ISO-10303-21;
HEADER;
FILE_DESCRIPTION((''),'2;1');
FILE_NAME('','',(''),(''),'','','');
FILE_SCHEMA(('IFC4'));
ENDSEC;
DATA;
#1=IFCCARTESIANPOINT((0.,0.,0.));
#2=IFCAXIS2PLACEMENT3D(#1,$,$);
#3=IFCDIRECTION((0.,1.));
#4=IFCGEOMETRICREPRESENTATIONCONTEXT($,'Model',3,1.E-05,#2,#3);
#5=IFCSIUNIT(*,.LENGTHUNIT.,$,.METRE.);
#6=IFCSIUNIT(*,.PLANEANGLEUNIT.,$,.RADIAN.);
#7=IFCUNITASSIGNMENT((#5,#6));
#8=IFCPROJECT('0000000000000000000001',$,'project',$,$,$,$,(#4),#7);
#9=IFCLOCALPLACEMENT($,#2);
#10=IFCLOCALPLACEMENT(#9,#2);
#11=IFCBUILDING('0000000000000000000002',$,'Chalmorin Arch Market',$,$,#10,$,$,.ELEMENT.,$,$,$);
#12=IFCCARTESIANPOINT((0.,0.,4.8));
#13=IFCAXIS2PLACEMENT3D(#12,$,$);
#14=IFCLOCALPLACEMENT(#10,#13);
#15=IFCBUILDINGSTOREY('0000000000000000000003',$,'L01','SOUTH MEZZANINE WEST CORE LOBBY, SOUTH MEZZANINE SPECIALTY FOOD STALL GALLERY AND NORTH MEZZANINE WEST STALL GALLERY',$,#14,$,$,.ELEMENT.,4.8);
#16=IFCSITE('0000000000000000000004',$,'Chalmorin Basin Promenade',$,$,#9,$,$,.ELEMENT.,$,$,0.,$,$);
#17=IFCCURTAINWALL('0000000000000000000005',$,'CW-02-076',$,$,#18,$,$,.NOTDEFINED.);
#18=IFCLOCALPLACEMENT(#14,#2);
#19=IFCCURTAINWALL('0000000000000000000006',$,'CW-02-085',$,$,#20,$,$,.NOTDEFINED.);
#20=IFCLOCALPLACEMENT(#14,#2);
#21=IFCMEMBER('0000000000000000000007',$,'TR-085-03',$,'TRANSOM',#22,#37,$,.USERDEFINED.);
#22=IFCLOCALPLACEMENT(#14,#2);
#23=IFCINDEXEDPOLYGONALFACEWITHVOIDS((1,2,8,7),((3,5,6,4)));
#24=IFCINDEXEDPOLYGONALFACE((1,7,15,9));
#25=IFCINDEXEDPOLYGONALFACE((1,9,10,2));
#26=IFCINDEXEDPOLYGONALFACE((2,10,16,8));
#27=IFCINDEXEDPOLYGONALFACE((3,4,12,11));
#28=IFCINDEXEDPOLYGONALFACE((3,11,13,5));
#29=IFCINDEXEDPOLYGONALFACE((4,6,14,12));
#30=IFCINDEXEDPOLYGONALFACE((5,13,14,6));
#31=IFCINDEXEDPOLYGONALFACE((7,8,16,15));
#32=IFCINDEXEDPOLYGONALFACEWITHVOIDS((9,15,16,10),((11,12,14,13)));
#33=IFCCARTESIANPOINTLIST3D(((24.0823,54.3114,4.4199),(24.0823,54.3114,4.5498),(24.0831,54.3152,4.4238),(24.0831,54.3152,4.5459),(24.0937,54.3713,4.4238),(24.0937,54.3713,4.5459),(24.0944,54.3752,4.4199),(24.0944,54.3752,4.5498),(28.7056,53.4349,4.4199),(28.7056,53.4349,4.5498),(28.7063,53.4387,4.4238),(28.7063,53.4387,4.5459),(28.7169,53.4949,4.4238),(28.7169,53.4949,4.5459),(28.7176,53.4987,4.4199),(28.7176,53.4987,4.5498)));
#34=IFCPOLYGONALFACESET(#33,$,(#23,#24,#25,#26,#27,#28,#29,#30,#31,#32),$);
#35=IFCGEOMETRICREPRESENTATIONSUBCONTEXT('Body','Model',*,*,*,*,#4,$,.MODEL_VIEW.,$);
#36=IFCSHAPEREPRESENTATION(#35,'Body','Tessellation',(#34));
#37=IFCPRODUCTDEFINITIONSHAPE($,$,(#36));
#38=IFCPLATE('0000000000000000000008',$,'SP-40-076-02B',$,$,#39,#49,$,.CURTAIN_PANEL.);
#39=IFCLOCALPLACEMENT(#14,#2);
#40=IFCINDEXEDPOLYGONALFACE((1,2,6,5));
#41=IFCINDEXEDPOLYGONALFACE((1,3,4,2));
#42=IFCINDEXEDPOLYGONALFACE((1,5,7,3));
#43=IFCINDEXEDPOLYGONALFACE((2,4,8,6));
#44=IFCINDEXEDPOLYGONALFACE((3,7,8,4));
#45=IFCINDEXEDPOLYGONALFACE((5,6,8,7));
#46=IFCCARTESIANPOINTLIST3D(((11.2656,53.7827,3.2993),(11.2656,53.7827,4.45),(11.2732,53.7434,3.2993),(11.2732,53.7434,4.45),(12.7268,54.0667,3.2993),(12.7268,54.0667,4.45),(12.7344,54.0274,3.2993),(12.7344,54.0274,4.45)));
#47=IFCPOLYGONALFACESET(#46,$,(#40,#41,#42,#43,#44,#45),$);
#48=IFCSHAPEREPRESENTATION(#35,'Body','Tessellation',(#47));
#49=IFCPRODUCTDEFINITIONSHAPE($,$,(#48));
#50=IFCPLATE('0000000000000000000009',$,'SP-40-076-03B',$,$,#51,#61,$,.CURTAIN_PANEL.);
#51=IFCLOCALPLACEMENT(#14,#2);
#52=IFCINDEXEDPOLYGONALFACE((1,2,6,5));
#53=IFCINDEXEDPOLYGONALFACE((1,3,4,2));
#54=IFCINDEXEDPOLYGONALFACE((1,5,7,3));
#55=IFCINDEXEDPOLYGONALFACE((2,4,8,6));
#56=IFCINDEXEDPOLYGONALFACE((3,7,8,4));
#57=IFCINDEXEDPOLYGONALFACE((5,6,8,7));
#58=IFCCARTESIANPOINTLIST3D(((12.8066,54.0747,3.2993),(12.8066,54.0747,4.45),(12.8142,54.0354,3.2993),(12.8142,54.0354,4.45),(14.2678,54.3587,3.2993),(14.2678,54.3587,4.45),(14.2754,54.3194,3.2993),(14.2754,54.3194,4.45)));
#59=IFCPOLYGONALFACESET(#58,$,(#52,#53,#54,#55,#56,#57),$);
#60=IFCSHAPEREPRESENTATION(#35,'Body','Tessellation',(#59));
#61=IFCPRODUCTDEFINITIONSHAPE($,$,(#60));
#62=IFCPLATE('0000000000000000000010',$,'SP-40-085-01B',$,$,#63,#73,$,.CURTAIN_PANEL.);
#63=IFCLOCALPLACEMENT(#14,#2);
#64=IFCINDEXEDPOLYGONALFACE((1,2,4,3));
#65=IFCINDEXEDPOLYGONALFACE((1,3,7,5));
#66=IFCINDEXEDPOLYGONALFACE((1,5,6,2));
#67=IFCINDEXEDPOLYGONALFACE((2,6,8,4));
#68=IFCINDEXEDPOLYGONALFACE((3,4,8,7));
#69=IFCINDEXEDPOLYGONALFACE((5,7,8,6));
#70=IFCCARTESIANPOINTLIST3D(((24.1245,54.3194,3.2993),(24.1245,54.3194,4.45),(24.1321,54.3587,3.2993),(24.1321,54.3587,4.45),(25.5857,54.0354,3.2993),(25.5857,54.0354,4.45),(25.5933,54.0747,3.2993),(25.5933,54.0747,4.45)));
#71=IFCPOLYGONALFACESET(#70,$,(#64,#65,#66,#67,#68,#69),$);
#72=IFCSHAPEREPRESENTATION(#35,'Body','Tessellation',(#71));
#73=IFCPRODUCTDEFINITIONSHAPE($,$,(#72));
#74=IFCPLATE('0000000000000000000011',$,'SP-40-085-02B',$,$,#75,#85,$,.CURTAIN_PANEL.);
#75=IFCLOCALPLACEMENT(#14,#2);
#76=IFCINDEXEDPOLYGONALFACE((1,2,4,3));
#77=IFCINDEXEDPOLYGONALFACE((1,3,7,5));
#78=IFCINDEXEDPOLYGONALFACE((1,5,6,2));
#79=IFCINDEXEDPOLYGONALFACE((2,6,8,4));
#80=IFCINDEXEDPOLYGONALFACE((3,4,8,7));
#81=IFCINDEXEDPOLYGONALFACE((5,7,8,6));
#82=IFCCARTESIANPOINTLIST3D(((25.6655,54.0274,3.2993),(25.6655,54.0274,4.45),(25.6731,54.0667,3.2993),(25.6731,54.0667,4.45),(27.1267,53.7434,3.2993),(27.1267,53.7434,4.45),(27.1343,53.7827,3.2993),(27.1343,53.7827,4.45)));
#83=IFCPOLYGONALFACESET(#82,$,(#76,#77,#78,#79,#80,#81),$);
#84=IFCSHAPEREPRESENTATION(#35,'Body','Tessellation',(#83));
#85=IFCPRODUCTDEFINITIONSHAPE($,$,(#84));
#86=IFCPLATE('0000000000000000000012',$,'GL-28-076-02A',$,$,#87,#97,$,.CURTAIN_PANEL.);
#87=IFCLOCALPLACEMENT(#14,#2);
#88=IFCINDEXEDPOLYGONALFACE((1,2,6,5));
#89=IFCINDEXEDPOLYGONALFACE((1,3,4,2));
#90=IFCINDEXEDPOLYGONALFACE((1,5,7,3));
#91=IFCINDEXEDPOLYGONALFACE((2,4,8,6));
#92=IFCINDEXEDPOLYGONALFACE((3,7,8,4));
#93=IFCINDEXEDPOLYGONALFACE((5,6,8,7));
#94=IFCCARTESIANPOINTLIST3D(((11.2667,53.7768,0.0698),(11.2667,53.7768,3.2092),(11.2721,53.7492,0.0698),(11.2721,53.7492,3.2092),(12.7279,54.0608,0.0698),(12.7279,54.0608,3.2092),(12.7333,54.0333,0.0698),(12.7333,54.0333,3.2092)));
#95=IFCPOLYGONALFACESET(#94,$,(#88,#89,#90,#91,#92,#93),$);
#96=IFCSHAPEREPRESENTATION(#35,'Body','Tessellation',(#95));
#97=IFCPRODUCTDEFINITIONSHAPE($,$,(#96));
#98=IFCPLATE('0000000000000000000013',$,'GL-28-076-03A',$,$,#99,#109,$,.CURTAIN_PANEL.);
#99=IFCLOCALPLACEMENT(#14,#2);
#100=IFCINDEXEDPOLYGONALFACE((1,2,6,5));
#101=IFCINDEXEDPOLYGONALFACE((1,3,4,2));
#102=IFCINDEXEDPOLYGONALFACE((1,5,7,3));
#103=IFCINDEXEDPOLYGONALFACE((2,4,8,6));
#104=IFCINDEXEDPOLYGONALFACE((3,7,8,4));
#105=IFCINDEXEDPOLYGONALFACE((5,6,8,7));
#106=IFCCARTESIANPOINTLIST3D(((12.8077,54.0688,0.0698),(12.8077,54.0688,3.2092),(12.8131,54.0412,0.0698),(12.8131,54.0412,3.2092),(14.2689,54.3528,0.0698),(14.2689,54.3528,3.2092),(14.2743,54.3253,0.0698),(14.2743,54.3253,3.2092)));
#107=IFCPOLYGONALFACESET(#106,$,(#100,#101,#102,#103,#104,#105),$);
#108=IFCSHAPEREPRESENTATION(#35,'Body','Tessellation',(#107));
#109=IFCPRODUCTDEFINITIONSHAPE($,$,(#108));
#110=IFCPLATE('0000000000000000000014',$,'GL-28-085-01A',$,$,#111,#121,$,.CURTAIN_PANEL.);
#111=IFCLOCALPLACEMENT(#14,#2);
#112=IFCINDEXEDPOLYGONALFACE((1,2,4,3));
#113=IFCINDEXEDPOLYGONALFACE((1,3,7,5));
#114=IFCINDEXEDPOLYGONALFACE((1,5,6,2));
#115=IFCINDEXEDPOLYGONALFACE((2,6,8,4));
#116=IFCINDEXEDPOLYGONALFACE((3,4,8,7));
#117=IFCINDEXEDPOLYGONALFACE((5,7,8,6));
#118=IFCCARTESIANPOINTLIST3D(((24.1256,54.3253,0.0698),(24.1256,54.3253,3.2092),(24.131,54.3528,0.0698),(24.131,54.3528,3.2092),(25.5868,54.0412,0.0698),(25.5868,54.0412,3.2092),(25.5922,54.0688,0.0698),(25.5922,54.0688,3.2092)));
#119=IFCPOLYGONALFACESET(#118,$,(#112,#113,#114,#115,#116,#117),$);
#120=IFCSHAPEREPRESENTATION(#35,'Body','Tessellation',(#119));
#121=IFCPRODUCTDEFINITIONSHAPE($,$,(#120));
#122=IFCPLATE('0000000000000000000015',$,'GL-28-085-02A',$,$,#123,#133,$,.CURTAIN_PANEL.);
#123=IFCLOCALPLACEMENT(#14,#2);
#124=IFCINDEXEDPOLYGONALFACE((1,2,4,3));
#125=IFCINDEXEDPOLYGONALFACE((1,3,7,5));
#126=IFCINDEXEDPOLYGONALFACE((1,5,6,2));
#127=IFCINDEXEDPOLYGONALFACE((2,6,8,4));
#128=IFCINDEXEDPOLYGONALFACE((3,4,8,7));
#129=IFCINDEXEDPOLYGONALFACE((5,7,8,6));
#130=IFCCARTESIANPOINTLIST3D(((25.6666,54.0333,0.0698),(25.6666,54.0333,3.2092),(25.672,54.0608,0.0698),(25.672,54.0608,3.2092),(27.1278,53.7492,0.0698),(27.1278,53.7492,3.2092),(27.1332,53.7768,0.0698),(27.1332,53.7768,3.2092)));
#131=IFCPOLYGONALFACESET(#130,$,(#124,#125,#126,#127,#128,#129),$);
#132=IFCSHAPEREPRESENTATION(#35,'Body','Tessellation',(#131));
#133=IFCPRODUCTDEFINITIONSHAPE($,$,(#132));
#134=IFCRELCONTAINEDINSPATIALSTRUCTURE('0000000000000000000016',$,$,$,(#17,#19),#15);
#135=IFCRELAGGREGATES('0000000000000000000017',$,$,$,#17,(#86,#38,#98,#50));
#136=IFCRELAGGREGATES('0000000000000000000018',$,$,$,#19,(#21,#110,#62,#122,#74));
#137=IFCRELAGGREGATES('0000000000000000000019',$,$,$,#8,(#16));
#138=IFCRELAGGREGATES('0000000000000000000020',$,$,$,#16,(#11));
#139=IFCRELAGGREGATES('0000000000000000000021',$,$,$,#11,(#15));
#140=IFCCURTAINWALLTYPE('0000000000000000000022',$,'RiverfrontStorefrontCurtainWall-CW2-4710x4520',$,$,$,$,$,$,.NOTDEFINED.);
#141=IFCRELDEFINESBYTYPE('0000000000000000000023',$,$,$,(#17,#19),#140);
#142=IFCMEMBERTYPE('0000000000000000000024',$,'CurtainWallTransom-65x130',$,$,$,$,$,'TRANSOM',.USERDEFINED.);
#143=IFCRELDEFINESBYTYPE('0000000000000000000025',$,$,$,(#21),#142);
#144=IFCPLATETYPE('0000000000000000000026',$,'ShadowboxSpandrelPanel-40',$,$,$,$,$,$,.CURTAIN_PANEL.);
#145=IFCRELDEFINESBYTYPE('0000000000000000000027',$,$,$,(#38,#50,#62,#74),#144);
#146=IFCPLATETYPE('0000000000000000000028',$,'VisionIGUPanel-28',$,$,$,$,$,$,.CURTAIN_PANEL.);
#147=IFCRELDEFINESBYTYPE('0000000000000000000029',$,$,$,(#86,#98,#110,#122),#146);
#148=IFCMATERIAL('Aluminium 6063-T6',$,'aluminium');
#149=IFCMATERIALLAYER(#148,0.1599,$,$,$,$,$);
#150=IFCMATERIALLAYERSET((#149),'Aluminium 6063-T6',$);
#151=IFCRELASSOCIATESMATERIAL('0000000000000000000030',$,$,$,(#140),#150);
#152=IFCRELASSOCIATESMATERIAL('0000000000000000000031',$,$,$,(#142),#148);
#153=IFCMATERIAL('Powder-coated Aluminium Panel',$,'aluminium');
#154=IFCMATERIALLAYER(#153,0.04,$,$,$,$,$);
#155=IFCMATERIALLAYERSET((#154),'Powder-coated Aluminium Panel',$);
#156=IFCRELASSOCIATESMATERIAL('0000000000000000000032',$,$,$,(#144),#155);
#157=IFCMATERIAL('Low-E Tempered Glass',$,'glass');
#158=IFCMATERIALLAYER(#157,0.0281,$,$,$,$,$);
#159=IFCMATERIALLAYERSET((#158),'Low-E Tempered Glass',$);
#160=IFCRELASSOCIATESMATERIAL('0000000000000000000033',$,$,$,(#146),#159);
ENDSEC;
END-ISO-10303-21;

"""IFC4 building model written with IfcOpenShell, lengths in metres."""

from ifc_helpers import new_model, si_unit, direction, frame, origin, origin_2d, place, context, subcontext, project, spatial, rectangle, hollow_rectangle, extrude, material, layer, layer_set, material_profile, profile_set, type_object, element, aggregate, save


model = new_model("IFC4")

# Units and contexts
model_context = context("Model", 3, precision=1e-05, world=origin(), true_north=direction((0.0, 1.0)))
body_context = subcontext(model_context, "Body", "Model", "MODEL_VIEW")
ifc_project = project(units=[si_unit("LENGTHUNIT", "METRE"), si_unit("PLANEANGLEUNIT", "RADIAN")], contexts=[model_context])

# Site, building, storey
site_placement = place(None, origin())
site = spatial("IfcSite", under=ifc_project, at=site_placement, Name="Chalmorin Basin Promenade", CompositionType="ELEMENT", RefElevation=0.0)
building_placement = place(site_placement, origin())
building = spatial("IfcBuilding", under=site, at=building_placement, Name="Chalmorin Arch Market", CompositionType="ELEMENT")
storey_placement = place(building_placement, frame((0.0, 0.0, 4.8)))
storey = spatial("IfcBuildingStorey", under=building, at=storey_placement, Name="L01", Description="SOUTH MEZZANINE WEST CORE LOBBY, SOUTH MEZZANINE SPECIALTY FOOD STALL GALLERY AND NORTH MEZZANINE WEST STALL GALLERY", CompositionType="ELEMENT", Elevation=4.8)

# Curtain wall
ifc_material_1 = material(Name="Aluminium 6063-T6", Category="aluminium")
ifc_layer_1 = layer(ifc_material_1, 0.1599)
ifc_layer_set_1 = layer_set([ifc_layer_1], Name="Aluminium 6063-T6")
curtain_wall_type_1 = type_object("IfcCurtainWallType", Name="RiverfrontStorefrontCurtainWall-CW2-4710x4520", PredefinedType="NOTDEFINED", material=ifc_layer_set_1)
curtain_wall_1_placement = place(storey_placement, origin())
curtain_wall_1 = element("IfcCurtainWall", 1, at=curtain_wall_1_placement, inside=storey, type_object=curtain_wall_type_1, Name="CW-02-076", PredefinedType="NOTDEFINED")

# Curtain wall
curtain_wall_2_placement = place(storey_placement, origin())
curtain_wall_2 = element("IfcCurtainWall", 2, at=curtain_wall_2_placement, inside=storey, type_object=curtain_wall_type_1, Name="CW-02-085", PredefinedType="NOTDEFINED")

# Member
ifc_material_profile_1 = material_profile(ifc_material_1, hollow_rectangle(XDim=0.0649, YDim=0.1299, WallThickness=0.0039, at=origin_2d()), Name="ALU65X130X4")
ifc_profile_set_1 = profile_set([ifc_material_profile_1], Name="Aluminium 6063-T6")
member_type_1 = type_object("IfcMemberType", Name="CurtainWallTransom-65x130", ElementType="TRANSOM", PredefinedType="USERDEFINED", material=ifc_profile_set_1)
member_1_placement = place(storey_placement, frame((24.0884, 54.3433, 4.4849), z_axis=(0.982501, -0.186259, 0.0), x_axis=(0.186259, 0.982501, 0.0)))
member_1 = element("IfcMember", 3, at=member_1_placement, type_object=member_type_1, Name="TR-085-03", ObjectType="TRANSOM", PredefinedType="USERDEFINED", context=body_context, shape_type="SweptSolid", body=[
    extrude(hollow_rectangle(XDim=0.0649, YDim=0.1299, WallThickness=0.0039, at=origin_2d()), origin(), (0.0, 0.0, 1.0), 4.7056),
])

# Plates
ifc_material_2 = material(Name="Powder-coated Aluminium Panel", Category="aluminium")
ifc_layer_2 = layer(ifc_material_2, 0.04)
ifc_layer_set_2 = layer_set([ifc_layer_2], Name="Powder-coated Aluminium Panel")
plate_type_1 = type_object("IfcPlateType", Name="ShadowboxSpandrelPanel-40", PredefinedType="CURTAIN_PANEL", material=ifc_layer_set_2)
plate_1_placement = place(storey_placement, frame((12.0, 53.905, 3.2993), z_axis=(0.0, 0.0, 1.0), x_axis=(0.981627, 0.190809, 0.0)))
plate_1 = element("IfcPlate", 4, at=plate_1_placement, type_object=plate_type_1, Name="SP-40-076-02B", PredefinedType="CURTAIN_PANEL", context=body_context, shape_type="SweptSolid", body=[
    extrude(rectangle(XDim=1.4885, YDim=0.04, at=origin_2d()), origin(), (0.0, 0.0, 1.0), 1.1506),
])
plate_2_placement = place(storey_placement, frame((13.541, 54.197, 3.2993), z_axis=(0.0, 0.0, 1.0), x_axis=(0.981627, 0.190809, 0.0)))
plate_2 = element("IfcPlate", 5, at=plate_2_placement, type_object=plate_type_1, Name="SP-40-076-03B", PredefinedType="CURTAIN_PANEL", context=body_context, shape_type="SweptSolid", body=[
    extrude(rectangle(XDim=1.4885, YDim=0.04, at=origin_2d()), origin(), (0.0, 0.0, 1.0), 1.1506),
])
plate_3_placement = place(storey_placement, frame((24.8589, 54.197, 3.2993), z_axis=(0.0, 0.0, 1.0), x_axis=(0.981627, -0.190809, 0.0)))
plate_3 = element("IfcPlate", 6, at=plate_3_placement, type_object=plate_type_1, Name="SP-40-085-01B", PredefinedType="CURTAIN_PANEL", context=body_context, shape_type="SweptSolid", body=[
    extrude(rectangle(XDim=1.4885, YDim=0.04, at=origin_2d()), origin(), (0.0, 0.0, 1.0), 1.1506),
])
plate_4_placement = place(storey_placement, frame((26.3999, 53.905, 3.2993), z_axis=(0.0, 0.0, 1.0), x_axis=(0.981627, -0.190809, 0.0)))
plate_4 = element("IfcPlate", 7, at=plate_4_placement, type_object=plate_type_1, Name="SP-40-085-02B", PredefinedType="CURTAIN_PANEL", context=body_context, shape_type="SweptSolid", body=[
    extrude(rectangle(XDim=1.4885, YDim=0.04, at=origin_2d()), origin(), (0.0, 0.0, 1.0), 1.1506),
])
ifc_material_3 = material(Name="Low-E Tempered Glass", Category="glass")
ifc_layer_3 = layer(ifc_material_3, 0.0281)
ifc_layer_set_3 = layer_set([ifc_layer_3], Name="Low-E Tempered Glass")
plate_type_2 = type_object("IfcPlateType", Name="VisionIGUPanel-28", PredefinedType="CURTAIN_PANEL", material=ifc_layer_set_3)
plate_5_placement = place(storey_placement, frame((12.0, 53.905, 0.0698), z_axis=(0.0, 0.0, 1.0), x_axis=(0.981627, 0.190809, 0.0)))
plate_5 = element("IfcPlate", 8, at=plate_5_placement, type_object=plate_type_2, Name="GL-28-076-02A", PredefinedType="CURTAIN_PANEL", context=body_context, shape_type="SweptSolid", body=[
    extrude(rectangle(XDim=1.4885, YDim=0.0281, at=origin_2d()), origin(), (0.0, 0.0, 1.0), 3.1394),
])
plate_6_placement = place(storey_placement, frame((13.541, 54.197, 0.0698), z_axis=(0.0, 0.0, 1.0), x_axis=(0.981627, 0.190809, 0.0)))
plate_6 = element("IfcPlate", 9, at=plate_6_placement, type_object=plate_type_2, Name="GL-28-076-03A", PredefinedType="CURTAIN_PANEL", context=body_context, shape_type="SweptSolid", body=[
    extrude(rectangle(XDim=1.4885, YDim=0.0281, at=origin_2d()), origin(), (0.0, 0.0, 1.0), 3.1394),
])
aggregate(curtain_wall_1, [plate_5, plate_1, plate_6, plate_2])
plate_7_placement = place(storey_placement, frame((24.8589, 54.197, 0.0698), z_axis=(0.0, 0.0, 1.0), x_axis=(0.981627, -0.190809, 0.0)))
plate_7 = element("IfcPlate", 10, at=plate_7_placement, type_object=plate_type_2, Name="GL-28-085-01A", PredefinedType="CURTAIN_PANEL", context=body_context, shape_type="SweptSolid", body=[
    extrude(rectangle(XDim=1.4885, YDim=0.0281, at=origin_2d()), origin(), (0.0, 0.0, 1.0), 3.1394),
])
plate_8_placement = place(storey_placement, frame((26.3999, 53.905, 0.0698), z_axis=(0.0, 0.0, 1.0), x_axis=(0.981627, -0.190809, 0.0)))
plate_8 = element("IfcPlate", 11, at=plate_8_placement, type_object=plate_type_2, Name="GL-28-085-02A", PredefinedType="CURTAIN_PANEL", context=body_context, shape_type="SweptSolid", body=[
    extrude(rectangle(XDim=1.4885, YDim=0.0281, at=origin_2d()), origin(), (0.0, 0.0, 1.0), 3.1394),
])
aggregate(curtain_wall_2, [member_1, plate_7, plate_3, plate_8, plate_4])

save(model, "model.ifc")
